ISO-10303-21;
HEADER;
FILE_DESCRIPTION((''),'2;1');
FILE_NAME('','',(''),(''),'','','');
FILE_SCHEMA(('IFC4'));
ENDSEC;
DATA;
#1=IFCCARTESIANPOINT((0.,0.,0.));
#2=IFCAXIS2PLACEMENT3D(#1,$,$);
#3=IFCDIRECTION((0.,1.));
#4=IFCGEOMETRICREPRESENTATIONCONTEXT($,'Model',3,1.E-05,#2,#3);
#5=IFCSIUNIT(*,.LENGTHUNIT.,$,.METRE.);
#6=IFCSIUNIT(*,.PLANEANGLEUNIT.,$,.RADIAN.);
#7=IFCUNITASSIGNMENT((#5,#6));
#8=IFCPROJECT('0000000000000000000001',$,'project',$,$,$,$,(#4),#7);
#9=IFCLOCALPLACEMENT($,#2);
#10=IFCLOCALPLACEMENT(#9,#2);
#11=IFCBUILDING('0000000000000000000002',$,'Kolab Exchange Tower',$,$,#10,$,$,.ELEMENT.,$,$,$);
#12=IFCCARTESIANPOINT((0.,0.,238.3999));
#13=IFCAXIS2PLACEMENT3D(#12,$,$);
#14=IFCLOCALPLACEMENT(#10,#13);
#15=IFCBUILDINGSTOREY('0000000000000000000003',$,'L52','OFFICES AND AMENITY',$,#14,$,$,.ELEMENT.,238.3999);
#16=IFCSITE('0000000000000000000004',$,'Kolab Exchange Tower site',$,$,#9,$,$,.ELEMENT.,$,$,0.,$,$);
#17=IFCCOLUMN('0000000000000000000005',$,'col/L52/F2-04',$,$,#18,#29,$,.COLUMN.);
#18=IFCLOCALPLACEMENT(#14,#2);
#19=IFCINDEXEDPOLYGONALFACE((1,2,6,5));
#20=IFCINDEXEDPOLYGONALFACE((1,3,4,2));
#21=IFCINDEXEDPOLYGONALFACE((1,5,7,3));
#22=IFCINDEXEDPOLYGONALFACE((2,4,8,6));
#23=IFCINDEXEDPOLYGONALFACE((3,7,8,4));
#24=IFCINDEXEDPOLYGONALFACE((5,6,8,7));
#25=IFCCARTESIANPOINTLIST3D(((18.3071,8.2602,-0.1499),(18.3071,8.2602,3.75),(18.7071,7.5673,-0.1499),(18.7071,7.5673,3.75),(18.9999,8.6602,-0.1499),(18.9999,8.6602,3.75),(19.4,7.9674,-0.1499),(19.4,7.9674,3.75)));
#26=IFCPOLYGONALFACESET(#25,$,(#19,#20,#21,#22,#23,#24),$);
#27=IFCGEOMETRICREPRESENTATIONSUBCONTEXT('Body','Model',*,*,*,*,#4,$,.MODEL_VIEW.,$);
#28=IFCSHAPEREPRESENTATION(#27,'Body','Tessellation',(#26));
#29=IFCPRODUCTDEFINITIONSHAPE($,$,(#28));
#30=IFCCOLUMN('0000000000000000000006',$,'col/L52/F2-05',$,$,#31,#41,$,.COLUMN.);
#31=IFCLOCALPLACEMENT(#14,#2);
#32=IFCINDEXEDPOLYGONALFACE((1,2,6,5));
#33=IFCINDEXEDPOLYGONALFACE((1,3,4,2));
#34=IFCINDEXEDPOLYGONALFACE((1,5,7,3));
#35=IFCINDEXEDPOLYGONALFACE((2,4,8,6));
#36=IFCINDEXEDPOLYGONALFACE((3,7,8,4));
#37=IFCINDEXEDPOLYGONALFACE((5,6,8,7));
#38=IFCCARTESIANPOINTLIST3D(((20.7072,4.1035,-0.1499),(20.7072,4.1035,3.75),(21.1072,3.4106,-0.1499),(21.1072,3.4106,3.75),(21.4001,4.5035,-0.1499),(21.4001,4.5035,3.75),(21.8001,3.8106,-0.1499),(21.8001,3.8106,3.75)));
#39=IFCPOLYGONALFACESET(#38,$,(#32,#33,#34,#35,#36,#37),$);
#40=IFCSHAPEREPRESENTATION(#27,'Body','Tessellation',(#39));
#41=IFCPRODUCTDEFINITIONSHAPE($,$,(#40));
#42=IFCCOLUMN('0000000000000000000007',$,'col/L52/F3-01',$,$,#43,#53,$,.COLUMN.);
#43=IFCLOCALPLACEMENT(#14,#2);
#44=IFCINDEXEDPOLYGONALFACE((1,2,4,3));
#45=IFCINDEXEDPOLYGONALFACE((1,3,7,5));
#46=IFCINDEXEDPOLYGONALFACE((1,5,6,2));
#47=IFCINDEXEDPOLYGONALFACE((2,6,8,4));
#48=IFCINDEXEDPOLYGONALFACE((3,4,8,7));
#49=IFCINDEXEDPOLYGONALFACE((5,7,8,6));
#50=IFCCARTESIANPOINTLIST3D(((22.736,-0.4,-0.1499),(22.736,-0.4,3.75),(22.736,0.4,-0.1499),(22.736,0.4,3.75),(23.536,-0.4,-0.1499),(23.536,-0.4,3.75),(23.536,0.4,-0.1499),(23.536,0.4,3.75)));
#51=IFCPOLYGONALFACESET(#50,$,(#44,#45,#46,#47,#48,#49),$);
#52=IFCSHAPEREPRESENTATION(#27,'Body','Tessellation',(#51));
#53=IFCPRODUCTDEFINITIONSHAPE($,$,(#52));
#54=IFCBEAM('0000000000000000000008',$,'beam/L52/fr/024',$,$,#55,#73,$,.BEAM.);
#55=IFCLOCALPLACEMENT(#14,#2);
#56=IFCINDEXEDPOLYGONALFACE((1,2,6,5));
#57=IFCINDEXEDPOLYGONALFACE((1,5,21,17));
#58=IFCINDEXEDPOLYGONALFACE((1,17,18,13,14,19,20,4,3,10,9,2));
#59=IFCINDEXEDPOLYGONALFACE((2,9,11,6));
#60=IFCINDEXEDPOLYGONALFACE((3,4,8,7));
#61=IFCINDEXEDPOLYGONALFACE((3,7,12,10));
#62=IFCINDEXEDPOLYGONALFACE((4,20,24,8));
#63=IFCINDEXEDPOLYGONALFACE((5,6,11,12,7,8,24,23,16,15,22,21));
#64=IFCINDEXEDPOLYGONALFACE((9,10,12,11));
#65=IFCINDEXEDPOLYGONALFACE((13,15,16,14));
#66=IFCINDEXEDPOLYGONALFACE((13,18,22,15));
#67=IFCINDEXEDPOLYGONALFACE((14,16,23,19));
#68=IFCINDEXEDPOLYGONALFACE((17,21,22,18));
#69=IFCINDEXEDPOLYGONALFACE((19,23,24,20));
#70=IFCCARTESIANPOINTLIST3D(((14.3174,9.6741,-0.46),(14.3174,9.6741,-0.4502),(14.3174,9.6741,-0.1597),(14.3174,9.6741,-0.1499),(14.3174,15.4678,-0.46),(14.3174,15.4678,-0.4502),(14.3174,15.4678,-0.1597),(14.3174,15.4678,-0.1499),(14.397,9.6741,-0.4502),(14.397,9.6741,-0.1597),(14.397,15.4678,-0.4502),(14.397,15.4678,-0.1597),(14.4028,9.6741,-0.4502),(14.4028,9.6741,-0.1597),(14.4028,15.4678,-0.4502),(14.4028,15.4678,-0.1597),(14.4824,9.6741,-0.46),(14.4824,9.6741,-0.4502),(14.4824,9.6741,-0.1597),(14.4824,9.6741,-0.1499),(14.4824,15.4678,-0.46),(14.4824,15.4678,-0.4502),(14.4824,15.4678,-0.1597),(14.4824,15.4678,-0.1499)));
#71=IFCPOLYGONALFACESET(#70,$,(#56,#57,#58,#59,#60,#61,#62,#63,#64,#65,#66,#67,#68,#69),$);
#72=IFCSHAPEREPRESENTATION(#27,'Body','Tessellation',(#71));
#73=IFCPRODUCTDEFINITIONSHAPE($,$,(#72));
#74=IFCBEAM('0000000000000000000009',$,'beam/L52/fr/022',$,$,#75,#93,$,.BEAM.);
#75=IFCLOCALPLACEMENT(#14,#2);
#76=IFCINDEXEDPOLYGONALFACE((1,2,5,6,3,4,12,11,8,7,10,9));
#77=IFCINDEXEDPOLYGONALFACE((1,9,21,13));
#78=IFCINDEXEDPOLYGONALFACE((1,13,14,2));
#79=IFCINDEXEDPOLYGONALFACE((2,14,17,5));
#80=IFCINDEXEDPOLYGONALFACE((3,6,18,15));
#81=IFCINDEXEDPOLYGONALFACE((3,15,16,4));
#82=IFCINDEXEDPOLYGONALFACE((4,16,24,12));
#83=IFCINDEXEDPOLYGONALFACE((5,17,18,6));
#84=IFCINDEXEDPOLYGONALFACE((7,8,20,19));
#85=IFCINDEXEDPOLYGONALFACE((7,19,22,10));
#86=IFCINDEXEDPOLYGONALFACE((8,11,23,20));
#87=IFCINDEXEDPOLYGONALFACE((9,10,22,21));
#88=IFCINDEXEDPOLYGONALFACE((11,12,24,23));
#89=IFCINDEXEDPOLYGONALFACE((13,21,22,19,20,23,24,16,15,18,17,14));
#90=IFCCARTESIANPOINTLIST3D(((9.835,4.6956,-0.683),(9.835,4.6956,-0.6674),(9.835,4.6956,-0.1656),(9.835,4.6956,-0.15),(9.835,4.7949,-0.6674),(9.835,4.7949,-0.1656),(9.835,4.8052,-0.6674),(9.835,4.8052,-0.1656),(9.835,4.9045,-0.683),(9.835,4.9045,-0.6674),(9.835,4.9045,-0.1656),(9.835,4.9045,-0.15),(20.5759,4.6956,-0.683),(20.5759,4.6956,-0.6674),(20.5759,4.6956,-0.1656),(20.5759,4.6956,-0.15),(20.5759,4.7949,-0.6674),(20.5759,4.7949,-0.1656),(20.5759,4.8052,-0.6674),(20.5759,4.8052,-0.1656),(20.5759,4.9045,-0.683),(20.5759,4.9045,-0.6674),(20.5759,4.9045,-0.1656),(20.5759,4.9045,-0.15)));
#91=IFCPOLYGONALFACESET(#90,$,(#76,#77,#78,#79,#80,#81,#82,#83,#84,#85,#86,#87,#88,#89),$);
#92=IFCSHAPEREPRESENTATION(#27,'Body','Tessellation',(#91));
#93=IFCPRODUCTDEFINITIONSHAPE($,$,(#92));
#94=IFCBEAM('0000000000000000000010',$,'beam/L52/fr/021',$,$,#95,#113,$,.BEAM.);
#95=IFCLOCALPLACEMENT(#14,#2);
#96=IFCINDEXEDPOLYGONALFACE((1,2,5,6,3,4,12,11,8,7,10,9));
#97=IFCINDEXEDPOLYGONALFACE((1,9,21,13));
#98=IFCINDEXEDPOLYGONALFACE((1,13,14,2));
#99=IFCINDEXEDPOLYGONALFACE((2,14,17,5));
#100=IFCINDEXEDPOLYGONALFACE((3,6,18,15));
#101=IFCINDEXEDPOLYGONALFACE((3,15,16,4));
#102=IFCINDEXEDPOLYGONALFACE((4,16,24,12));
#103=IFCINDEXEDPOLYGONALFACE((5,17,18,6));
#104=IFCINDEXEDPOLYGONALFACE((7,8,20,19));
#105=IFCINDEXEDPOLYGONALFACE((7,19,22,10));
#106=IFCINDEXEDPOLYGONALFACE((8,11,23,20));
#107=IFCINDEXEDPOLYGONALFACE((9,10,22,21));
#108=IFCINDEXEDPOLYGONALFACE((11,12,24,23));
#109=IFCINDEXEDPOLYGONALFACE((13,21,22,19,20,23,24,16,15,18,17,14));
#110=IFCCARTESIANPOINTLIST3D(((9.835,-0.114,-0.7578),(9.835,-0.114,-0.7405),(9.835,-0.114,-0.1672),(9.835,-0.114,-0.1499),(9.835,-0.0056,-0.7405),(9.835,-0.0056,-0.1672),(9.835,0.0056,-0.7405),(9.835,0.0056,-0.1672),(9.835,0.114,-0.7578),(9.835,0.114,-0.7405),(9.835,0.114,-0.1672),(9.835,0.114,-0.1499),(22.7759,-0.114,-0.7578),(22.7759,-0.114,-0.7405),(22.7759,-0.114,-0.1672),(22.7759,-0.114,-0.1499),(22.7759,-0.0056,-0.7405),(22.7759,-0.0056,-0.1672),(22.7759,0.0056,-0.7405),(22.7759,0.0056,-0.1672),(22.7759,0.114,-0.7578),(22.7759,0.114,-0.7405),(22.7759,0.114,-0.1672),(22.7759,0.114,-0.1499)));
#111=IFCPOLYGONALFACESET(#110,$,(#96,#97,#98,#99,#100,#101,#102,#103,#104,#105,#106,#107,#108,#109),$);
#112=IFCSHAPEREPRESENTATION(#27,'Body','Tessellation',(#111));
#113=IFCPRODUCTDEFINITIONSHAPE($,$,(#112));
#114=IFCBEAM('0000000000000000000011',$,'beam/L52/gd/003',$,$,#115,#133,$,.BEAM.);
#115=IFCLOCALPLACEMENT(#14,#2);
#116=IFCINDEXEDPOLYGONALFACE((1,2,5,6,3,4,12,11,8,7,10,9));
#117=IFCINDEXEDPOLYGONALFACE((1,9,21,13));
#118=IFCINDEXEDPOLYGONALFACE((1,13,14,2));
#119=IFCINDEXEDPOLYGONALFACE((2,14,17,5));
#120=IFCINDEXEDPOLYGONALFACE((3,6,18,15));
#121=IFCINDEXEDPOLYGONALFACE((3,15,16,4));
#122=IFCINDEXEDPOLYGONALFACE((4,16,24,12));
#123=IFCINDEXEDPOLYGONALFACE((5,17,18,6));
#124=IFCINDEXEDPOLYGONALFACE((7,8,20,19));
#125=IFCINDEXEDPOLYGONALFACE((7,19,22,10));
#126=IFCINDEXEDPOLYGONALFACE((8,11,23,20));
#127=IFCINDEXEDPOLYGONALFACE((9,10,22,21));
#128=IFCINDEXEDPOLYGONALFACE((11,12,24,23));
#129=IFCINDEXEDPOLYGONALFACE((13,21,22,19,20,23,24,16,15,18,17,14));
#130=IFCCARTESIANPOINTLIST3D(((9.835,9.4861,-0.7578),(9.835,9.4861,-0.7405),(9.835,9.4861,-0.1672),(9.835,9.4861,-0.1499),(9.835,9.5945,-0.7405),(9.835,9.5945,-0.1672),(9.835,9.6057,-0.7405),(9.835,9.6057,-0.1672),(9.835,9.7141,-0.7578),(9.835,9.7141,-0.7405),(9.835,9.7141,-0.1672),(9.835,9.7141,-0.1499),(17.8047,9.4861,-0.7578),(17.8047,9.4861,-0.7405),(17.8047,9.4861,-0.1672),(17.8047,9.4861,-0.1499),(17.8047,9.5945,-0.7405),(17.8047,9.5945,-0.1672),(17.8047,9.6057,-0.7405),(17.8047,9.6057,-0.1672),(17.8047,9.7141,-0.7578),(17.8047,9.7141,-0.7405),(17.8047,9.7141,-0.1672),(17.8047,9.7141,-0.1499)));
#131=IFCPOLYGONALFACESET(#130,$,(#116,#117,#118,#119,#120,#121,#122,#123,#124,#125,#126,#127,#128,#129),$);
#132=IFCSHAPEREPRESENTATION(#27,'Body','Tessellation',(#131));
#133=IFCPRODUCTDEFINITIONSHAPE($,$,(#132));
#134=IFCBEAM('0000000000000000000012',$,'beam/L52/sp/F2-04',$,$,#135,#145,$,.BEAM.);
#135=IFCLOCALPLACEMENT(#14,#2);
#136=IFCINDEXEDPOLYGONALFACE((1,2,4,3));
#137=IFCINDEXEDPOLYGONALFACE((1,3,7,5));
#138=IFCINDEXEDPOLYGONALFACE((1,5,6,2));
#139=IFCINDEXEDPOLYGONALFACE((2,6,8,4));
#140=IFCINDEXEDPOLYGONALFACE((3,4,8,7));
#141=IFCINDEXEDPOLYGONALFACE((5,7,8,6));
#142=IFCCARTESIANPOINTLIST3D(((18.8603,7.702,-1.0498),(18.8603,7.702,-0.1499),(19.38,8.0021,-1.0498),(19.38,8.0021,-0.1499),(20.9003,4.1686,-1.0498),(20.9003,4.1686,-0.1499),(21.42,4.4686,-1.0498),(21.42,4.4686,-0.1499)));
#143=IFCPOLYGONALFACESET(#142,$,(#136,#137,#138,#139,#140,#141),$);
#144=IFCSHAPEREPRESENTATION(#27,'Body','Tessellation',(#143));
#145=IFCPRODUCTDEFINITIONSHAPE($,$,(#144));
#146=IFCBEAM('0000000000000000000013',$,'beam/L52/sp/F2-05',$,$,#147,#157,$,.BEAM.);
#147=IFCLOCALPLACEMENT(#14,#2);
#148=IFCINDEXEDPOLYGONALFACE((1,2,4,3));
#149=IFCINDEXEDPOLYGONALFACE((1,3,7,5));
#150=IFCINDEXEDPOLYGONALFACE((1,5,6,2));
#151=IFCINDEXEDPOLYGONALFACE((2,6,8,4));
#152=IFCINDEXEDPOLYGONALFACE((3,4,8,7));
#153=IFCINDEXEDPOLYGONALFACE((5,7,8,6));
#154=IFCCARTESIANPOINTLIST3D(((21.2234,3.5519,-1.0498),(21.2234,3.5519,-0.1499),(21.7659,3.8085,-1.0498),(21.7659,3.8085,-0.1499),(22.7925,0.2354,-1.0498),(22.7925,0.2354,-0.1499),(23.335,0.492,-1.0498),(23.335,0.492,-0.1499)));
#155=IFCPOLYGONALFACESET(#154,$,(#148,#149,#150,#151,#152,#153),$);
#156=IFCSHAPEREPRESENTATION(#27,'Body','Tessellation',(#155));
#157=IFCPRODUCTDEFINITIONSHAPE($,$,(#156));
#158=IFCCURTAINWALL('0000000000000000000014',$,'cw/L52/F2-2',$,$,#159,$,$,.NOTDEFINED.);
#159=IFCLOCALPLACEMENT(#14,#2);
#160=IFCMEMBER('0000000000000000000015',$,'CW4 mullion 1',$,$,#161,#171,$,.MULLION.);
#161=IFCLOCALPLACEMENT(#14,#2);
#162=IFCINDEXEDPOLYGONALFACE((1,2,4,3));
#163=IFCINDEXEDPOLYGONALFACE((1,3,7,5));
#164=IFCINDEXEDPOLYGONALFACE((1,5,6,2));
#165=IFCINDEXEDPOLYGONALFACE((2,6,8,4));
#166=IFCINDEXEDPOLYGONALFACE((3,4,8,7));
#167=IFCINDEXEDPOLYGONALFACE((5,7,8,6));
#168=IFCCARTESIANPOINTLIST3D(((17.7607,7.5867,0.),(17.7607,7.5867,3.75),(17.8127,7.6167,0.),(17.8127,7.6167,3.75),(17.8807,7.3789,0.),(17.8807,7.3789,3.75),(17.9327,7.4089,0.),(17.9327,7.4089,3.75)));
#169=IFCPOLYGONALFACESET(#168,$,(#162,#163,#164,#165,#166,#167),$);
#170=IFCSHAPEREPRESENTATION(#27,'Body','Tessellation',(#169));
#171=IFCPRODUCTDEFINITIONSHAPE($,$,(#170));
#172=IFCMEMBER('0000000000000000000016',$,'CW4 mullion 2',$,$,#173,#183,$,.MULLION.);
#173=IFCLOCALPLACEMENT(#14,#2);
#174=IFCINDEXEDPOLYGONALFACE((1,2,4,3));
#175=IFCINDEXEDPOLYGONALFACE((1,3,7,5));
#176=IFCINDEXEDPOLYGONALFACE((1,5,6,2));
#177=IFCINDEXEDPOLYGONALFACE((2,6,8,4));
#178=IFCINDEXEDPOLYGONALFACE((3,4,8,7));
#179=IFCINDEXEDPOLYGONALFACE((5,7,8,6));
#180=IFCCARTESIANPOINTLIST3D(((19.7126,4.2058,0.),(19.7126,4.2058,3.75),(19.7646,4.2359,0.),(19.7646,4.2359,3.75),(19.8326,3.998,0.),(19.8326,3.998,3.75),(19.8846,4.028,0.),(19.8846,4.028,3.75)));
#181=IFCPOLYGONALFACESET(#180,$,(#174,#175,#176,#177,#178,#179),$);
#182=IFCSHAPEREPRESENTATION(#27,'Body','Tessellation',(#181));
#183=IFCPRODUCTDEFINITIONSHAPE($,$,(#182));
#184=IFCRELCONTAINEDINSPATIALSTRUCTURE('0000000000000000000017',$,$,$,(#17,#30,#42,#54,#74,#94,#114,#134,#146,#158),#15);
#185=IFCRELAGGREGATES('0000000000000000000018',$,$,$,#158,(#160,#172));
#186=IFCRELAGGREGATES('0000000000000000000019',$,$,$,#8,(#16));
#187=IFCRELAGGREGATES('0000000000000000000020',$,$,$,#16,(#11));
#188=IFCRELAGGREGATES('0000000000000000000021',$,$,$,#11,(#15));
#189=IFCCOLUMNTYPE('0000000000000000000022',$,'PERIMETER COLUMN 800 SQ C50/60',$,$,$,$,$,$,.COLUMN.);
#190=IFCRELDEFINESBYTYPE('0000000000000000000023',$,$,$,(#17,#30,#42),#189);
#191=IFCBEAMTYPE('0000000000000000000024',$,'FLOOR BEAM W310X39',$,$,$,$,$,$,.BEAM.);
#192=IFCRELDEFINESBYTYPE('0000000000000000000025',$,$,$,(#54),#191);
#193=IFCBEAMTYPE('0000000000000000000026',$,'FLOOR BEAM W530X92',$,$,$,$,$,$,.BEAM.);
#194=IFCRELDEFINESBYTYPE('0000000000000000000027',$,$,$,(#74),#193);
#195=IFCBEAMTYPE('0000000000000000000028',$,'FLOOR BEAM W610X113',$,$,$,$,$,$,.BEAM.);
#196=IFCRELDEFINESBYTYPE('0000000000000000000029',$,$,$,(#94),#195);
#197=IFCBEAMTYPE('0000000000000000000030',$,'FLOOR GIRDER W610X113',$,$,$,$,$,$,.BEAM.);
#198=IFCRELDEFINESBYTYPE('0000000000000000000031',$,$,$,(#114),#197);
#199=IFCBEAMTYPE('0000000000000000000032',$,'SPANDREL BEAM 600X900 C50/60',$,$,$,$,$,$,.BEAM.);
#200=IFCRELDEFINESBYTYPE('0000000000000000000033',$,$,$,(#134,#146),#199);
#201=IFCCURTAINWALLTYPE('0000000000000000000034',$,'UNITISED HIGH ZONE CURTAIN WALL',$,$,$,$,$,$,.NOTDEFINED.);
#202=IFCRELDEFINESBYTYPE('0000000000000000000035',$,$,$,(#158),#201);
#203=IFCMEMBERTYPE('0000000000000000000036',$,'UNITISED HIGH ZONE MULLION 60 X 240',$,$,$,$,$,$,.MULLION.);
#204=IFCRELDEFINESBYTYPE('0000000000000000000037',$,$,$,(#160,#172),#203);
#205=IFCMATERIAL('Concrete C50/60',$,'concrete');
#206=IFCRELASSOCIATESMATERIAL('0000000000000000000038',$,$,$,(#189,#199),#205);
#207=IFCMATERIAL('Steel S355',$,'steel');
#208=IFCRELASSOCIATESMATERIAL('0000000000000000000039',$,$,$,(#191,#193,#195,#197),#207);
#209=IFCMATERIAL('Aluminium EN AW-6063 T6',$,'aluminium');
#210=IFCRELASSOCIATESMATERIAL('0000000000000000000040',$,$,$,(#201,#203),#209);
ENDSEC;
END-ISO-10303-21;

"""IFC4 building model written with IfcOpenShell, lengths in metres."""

from ifc_helpers import new_model, si_unit, direction, frame, origin, origin_2d, place, context, subcontext, project, spatial, rectangle, i_section, extrude, material, material_profile, profile_set, type_object, element, aggregate, save


model = new_model("IFC4")

# Units and contexts
model_context = context("Model", 3, precision=1e-05, world=origin(), true_north=direction((0.0, 1.0)))
body_context = subcontext(model_context, "Body", "Model", "MODEL_VIEW")
ifc_project = project(units=[si_unit("LENGTHUNIT", "METRE"), si_unit("PLANEANGLEUNIT", "RADIAN")], contexts=[model_context])

# Site, building, storey
site_placement = place(None, origin())
site = spatial("IfcSite", under=ifc_project, at=site_placement, Name="Kolab Exchange Tower site", CompositionType="ELEMENT", RefElevation=0.0)
building_placement = place(site_placement, origin())
building = spatial("IfcBuilding", under=site, at=building_placement, Name="Kolab Exchange Tower", CompositionType="ELEMENT")
storey_placement = place(building_placement, frame((0.0, 0.0, 238.3999)))
storey = spatial("IfcBuildingStorey", under=building, at=storey_placement, Name="L52", Description="OFFICES AND AMENITY", CompositionType="ELEMENT", Elevation=238.3999)

# Columns
ifc_material_1 = material(Name="Concrete C50/60", Category="concrete")
ifc_material_profile_1 = material_profile(ifc_material_1, rectangle(XDim=0.8, YDim=0.8, at=origin_2d()), Name="RC800")
ifc_profile_set_1 = profile_set([ifc_material_profile_1], Name="Concrete C50/60")
column_type = type_object("IfcColumnType", Name="PERIMETER COLUMN 800 SQ C50/60", PredefinedType="COLUMN", material=ifc_profile_set_1)
for number, where, z_axis, x_axis, name in (
    (1, (18.8535, 8.1138, -0.1499), (0.0, 0.0, 1.0), (0.866025, 0.5, 0.0), "col/L52/F2-04"),
    (2, (21.2537, 3.957, -0.1499), (0.0, 0.0, 1.0), (0.866025, 0.5, 0.0), "col/L52/F2-05"),
    (3, (23.136, 0.0, -0.1499), (0.0, 0.0, 1.0), (1.0, 0.0, 0.0), "col/L52/F3-01"),
):
    element("IfcColumn", number, at=place(storey_placement, frame(where, z_axis=z_axis, x_axis=x_axis)), inside=storey, type_object=column_type, Name=name, PredefinedType="COLUMN", context=body_context, shape_type="SweptSolid", body=[
        extrude(rectangle(XDim=0.8, YDim=0.8, at=origin_2d()), origin(), (0.0, 0.0, 1.0), 3.8999),
    ])

# Beams
ifc_material_2 = material(Name="Steel S355", Category="steel")
ifc_material_profile_2 = material_profile(ifc_material_2, i_section(OverallWidth=0.165, OverallDepth=0.3101, WebThickness=0.0059, FlangeThickness=0.0098, at=origin_2d()), Name="W310X39")
ifc_profile_set_2 = profile_set([ifc_material_profile_2], Name="Steel S355")
beam_type_1 = type_object("IfcBeamType", Name="FLOOR BEAM W310X39", PredefinedType="BEAM", material=ifc_profile_set_2)
beam_1_placement = place(storey_placement, frame((14.3999, 9.6741, -0.3049), z_axis=(0.0, 1.0, 0.0), x_axis=(-1.0, 0.0, 0.0)))
element("IfcBeam", 4, at=beam_1_placement, inside=storey, type_object=beam_type_1, Name="beam/L52/fr/024", PredefinedType="BEAM", context=body_context, shape_type="SweptSolid", body=[
    extrude(i_section(OverallWidth=0.165, OverallDepth=0.3101, WebThickness=0.0059, FlangeThickness=0.0098, at=origin_2d()), origin(), (0.0, 0.0, 1.0), 5.7937),
])
ifc_material_profile_3 = material_profile(ifc_material_2, i_section(OverallWidth=0.209, OverallDepth=0.533, WebThickness=0.0103, FlangeThickness=0.0156, at=origin_2d()), Name="W530X92")
ifc_profile_set_3 = profile_set([ifc_material_profile_3], Name="Steel S355")
beam_type_2 = type_object("IfcBeamType", Name="FLOOR BEAM W530X92", PredefinedType="BEAM", material=ifc_profile_set_3)
beam_2_placement = place(storey_placement, frame((9.835, 4.8, -0.4165), z_axis=(1.0, 0.0, 0.0), x_axis=(0.0, 1.0, 0.0)))
element("IfcBeam", 5, at=beam_2_placement, inside=storey, type_object=beam_type_2, Name="beam/L52/fr/022", PredefinedType="BEAM", context=body_context, shape_type="SweptSolid", body=[
    extrude(i_section(OverallWidth=0.209, OverallDepth=0.533, WebThickness=0.0103, FlangeThickness=0.0156, at=origin_2d()), origin(), (0.0, 0.0, 1.0), 10.741),
])
ifc_material_profile_4 = material_profile(ifc_material_2, i_section(OverallWidth=0.228, OverallDepth=0.6079, WebThickness=0.0112, FlangeThickness=0.0173, at=origin_2d()), Name="W610X113")
ifc_profile_set_4 = profile_set([ifc_material_profile_4], Name="Steel S355")
beam_type_3 = type_object("IfcBeamType", Name="FLOOR BEAM W610X113", PredefinedType="BEAM", material=ifc_profile_set_4)
beam_3_placement = place(storey_placement, frame((9.835, 0.0, -0.4539), z_axis=(1.0, 0.0, 0.0), x_axis=(0.0, 1.0, 0.0)))
element("IfcBeam", 6, at=beam_3_placement, inside=storey, type_object=beam_type_3, Name="beam/L52/fr/021", PredefinedType="BEAM", context=body_context, shape_type="SweptSolid", body=[
    extrude(i_section(OverallWidth=0.228, OverallDepth=0.6079, WebThickness=0.0112, FlangeThickness=0.0173, at=origin_2d()), origin(), (0.0, 0.0, 1.0), 12.9409),
])
ifc_material_profile_5 = material_profile(ifc_material_2, i_section(OverallWidth=0.228, OverallDepth=0.6079, WebThickness=0.0112, FlangeThickness=0.0173, at=origin_2d()), Name="W610X113")
ifc_profile_set_5 = profile_set([ifc_material_profile_5], Name="Steel S355")
beam_type_4 = type_object("IfcBeamType", Name="FLOOR GIRDER W610X113", PredefinedType="BEAM", material=ifc_profile_set_5)
beam_4_placement = place(storey_placement, frame((9.835, 9.6001, -0.4539), z_axis=(1.0, 0.0, 0.0), x_axis=(0.0, 1.0, 0.0)))
element("IfcBeam", 7, at=beam_4_placement, inside=storey, type_object=beam_type_4, Name="beam/L52/gd/003", PredefinedType="BEAM", context=body_context, shape_type="SweptSolid", body=[
    extrude(i_section(OverallWidth=0.228, OverallDepth=0.6079, WebThickness=0.0112, FlangeThickness=0.0173, at=origin_2d()), origin(), (0.0, 0.0, 1.0), 7.9697),
])
ifc_material_profile_6 = material_profile(ifc_material_1, rectangle(XDim=0.6001, YDim=0.8999, at=origin_2d()), Name="RC600X900")
ifc_profile_set_6 = profile_set([ifc_material_profile_6], Name="Concrete C50/60")
beam_type_5 = type_object("IfcBeamType", Name="SPANDREL BEAM 600X900 C50/60", PredefinedType="BEAM", material=ifc_profile_set_6)
beam_5_placement = place(storey_placement, frame((19.1201, 7.8521, -0.5999), z_axis=(0.5, -0.866025, 0.0), x_axis=(0.866025, 0.5, 0.0)))
element("IfcBeam", 8, at=beam_5_placement, inside=storey, type_object=beam_type_5, Name="beam/L52/sp/F2-04", PredefinedType="BEAM", context=body_context, shape_type="SweptSolid", body=[
    extrude(rectangle(XDim=0.6001, YDim=0.8999, at=origin_2d()), origin(), (0.0, 0.0, 1.0), 4.0801),
])
beam_6_placement = place(storey_placement, frame((21.4946, 3.6802, -0.5999), z_axis=(0.427677, -0.903932, 0.0), x_axis=(0.903932, 0.427677, 0.0)))
element("IfcBeam", 9, at=beam_6_placement, inside=storey, type_object=beam_type_5, Name="beam/L52/sp/F2-05", PredefinedType="BEAM", context=body_context, shape_type="SweptSolid", body=[
    extrude(rectangle(XDim=0.6001, YDim=0.8999, at=origin_2d()), origin(), (0.0, 0.0, 1.0), 3.6689),
])

# Curtain wall, members
ifc_material_3 = material(Name="Aluminium EN AW-6063 T6", Category="aluminium")
curtain_wall_type = type_object("IfcCurtainWallType", Name="UNITISED HIGH ZONE CURTAIN WALL", PredefinedType="NOTDEFINED", material=ifc_material_3)
curtain_wall_1_placement = place(storey_placement, origin())
curtain_wall_1 = element("IfcCurtainWall", 10, at=curtain_wall_1_placement, inside=storey, type_object=curtain_wall_type, Name="cw/L52/F2-2", PredefinedType="NOTDEFINED")
ifc_material_profile_7 = material_profile(ifc_material_3, rectangle(XDim=0.0601, YDim=0.24, at=origin_2d()), Name="RECT 60X240")
ifc_profile_set_7 = profile_set([ifc_material_profile_7], Name="Aluminium EN AW-6063 T6")
member_type_1 = type_object("IfcMemberType", Name="UNITISED HIGH ZONE MULLION 60 X 240", PredefinedType="MULLION", material=ifc_profile_set_7)
member_1_placement = place(storey_placement, frame((17.8467, 7.4978, 0.0), z_axis=(0.0, 0.0, 1.0), x_axis=(0.866025, 0.5, 0.0)))
member_1 = element("IfcMember", 11, at=member_1_placement, type_object=member_type_1, Name="CW4 mullion 1", PredefinedType="MULLION", context=body_context, shape_type="SweptSolid", body=[
    extrude(rectangle(XDim=0.0601, YDim=0.24, at=origin_2d()), origin(), (0.0, 0.0, 1.0), 3.75),
])
member_2_placement = place(storey_placement, frame((19.7986, 4.1169, 0.0), z_axis=(0.0, 0.0, 1.0), x_axis=(0.866025, 0.5, 0.0)))
member_2 = element("IfcMember", 12, at=member_2_placement, type_object=member_type_1, Name="CW4 mullion 2", PredefinedType="MULLION", context=body_context, shape_type="SweptSolid", body=[
    extrude(rectangle(XDim=0.0601, YDim=0.24, at=origin_2d()), origin(), (0.0, 0.0, 1.0), 3.75),
])

aggregate(curtain_wall_1, [member_1, member_2])

save(model, "model.ifc")
